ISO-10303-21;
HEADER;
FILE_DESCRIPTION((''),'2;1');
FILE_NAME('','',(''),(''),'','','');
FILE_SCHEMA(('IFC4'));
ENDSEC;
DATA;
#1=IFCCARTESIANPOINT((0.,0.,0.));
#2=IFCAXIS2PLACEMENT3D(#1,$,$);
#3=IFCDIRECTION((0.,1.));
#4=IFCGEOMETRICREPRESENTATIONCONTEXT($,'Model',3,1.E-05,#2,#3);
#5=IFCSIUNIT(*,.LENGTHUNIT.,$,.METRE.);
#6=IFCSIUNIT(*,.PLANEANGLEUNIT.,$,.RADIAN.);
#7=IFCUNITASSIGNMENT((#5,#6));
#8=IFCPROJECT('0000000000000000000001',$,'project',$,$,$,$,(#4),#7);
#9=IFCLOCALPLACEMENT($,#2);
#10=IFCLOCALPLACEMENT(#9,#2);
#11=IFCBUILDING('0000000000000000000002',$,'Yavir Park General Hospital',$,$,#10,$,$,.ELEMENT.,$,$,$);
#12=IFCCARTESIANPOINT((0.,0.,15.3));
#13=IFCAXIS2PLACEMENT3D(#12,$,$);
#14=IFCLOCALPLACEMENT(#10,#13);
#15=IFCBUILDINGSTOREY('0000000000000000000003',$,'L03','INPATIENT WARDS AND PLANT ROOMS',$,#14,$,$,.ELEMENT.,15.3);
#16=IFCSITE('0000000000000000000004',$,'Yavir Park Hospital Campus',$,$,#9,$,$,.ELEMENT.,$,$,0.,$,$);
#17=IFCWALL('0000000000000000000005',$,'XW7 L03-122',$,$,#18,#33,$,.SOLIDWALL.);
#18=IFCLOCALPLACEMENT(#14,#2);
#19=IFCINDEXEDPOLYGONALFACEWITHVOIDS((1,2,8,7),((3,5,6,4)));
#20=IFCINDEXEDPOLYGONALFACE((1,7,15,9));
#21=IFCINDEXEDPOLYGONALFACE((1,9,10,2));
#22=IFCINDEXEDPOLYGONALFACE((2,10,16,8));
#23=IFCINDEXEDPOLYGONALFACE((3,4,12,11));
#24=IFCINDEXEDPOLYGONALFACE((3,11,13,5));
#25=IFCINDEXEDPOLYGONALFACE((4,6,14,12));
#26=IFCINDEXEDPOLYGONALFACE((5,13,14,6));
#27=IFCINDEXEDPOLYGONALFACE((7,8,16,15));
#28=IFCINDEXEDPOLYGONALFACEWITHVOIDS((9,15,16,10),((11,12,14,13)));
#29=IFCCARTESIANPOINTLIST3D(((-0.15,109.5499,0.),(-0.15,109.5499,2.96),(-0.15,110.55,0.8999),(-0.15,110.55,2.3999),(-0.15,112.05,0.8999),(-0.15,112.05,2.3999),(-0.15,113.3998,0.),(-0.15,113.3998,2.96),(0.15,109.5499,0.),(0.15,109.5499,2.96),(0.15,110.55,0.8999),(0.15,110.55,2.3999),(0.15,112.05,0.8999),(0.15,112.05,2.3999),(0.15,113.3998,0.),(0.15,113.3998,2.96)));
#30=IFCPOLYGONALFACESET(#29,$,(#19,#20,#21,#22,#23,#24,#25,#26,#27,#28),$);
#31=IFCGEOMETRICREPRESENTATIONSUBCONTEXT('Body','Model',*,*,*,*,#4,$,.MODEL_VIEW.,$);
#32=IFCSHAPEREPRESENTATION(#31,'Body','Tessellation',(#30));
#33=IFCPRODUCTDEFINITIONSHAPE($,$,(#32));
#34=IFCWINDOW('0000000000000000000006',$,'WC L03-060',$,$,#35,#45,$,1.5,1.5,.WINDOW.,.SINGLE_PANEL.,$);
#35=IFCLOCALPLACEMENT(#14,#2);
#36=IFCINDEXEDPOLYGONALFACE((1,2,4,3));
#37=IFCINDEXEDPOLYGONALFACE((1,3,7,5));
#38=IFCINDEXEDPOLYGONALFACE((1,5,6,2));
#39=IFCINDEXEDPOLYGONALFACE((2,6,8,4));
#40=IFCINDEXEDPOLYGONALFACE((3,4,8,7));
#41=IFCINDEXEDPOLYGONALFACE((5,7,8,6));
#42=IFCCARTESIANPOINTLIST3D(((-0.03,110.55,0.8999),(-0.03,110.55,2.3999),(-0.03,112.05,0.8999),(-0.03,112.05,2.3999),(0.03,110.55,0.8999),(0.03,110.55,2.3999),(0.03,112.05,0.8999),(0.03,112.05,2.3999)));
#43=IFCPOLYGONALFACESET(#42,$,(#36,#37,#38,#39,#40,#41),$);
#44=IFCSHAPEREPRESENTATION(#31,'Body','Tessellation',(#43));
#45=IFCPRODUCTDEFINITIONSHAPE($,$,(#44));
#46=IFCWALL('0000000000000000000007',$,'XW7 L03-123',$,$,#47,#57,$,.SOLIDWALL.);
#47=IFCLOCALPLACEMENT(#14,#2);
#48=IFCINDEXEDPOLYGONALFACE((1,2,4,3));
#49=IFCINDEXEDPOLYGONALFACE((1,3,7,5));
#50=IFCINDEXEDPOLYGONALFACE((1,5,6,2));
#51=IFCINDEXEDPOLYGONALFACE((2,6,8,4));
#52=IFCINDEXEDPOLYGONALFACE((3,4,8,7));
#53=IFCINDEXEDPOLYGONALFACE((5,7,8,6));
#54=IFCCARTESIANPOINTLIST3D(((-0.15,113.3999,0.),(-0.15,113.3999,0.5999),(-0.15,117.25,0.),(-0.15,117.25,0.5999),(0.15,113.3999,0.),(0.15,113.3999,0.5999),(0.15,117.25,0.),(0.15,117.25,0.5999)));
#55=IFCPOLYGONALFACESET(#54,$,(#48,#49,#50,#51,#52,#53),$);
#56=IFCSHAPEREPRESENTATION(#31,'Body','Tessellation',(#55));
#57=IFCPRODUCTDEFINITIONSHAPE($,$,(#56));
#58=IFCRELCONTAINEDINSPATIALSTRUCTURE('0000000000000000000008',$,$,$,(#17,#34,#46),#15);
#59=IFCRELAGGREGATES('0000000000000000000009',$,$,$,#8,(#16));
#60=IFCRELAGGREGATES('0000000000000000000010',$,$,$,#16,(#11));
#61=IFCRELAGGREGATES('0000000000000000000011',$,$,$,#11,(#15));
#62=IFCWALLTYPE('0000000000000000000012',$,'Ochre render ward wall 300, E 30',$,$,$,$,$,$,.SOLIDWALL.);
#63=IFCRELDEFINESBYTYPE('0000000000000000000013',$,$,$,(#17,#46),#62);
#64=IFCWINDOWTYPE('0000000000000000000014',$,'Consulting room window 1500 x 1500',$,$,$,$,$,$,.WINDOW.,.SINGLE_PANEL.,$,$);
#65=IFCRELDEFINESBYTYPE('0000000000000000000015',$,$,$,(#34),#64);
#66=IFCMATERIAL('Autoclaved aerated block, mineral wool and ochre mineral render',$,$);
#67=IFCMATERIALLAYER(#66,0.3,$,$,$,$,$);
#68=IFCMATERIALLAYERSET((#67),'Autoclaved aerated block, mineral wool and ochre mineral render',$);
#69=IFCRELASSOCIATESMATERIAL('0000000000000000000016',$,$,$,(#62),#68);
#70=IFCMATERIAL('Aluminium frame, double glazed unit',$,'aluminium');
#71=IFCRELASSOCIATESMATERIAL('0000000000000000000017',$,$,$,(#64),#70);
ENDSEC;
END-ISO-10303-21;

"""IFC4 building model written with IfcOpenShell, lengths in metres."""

from ifc_helpers import new_model, si_unit, direction, frame, frame_2d, origin, place, context, subcontext, project, spatial, rectangle, extrude, material, layer, layer_set, type_object, element, fill, save


model = new_model("IFC4")

# Units and contexts
model_context = context("Model", 3, precision=1e-05, world=origin(), true_north=direction((0.0, 1.0)))
body_context = subcontext(model_context, "Body", "Model", "MODEL_VIEW")
ifc_project = project(units=[si_unit("LENGTHUNIT", "METRE"), si_unit("PLANEANGLEUNIT", "RADIAN")], contexts=[model_context])

# Site, building, storey
site_placement = place(None, origin())
site = spatial("IfcSite", under=ifc_project, at=site_placement, Name="Yavir Park Hospital Campus", CompositionType="ELEMENT", RefElevation=0.0)
building_placement = place(site_placement, origin())
building = spatial("IfcBuilding", under=site, at=building_placement, Name="Yavir Park General Hospital", CompositionType="ELEMENT")
storey_placement = place(building_placement, frame((0.0, 0.0, 15.3)))
storey = spatial("IfcBuildingStorey", under=building, at=storey_placement, Name="L03", Description="INPATIENT WARDS AND PLANT ROOMS", CompositionType="ELEMENT", Elevation=15.3)

# Wall, opening, window
ifc_material_1 = material(Name="Autoclaved aerated block, mineral wool and ochre mineral render")
ifc_layer_1 = layer(ifc_material_1, 0.3)
ifc_layer_set_1 = layer_set([ifc_layer_1], Name="Autoclaved aerated block, mineral wool and ochre mineral render")
wall_type_1 = type_object("IfcWallType", Name="Ochre render ward wall 300, E 30", PredefinedType="SOLIDWALL", material=ifc_layer_set_1)
wall_1_placement = place(storey_placement, frame((0.0, 109.55, 0.0), z_axis=(0.0, 0.0, 1.0), x_axis=(0.0, 1.0, 0.0)))
wall_1 = element("IfcWall", 1, at=wall_1_placement, inside=storey, type_object=wall_type_1, Name="XW7 L03-122", PredefinedType="SOLIDWALL", context=body_context, shape_type="SweptSolid", body=[
    extrude(rectangle(XDim=3.8499, YDim=0.3, at=frame_2d((1.9248, 0.0))), origin(), (0.0, 0.0, 1.0), 2.96),
])
opening_1_placement = place(wall_1_placement, frame((1.0, 0.0, 0.8999)))
opening_1 = element("IfcOpeningElement", 2, at=opening_1_placement, cuts=wall_1, PredefinedType="OPENING", context=body_context, shape_type="SweptSolid", body=[
    extrude(rectangle(XDim=1.5, YDim=1.5, at=frame_2d((0.75, 0.75))), frame((0.0, 0.1599, 0.0), z_axis=(0.0, -1.0, 0.0), x_axis=(1.0, 0.0, 0.0)), (0.0, 0.0, 1.0), 0.3201),
])
ifc_material_2 = material(Name="Aluminium frame, double glazed unit", Category="aluminium")
window_type_1 = type_object("IfcWindowType", Name="Consulting room window 1500 x 1500", PartitioningType="SINGLE_PANEL", PredefinedType="WINDOW", material=ifc_material_2)
window_1_placement = place(opening_1_placement, origin())
window_1 = element("IfcWindow", 3, at=window_1_placement, inside=storey, type_object=window_type_1, Name="WC L03-060", OverallHeight=1.5, OverallWidth=1.5, PartitioningType="SINGLE_PANEL", PredefinedType="WINDOW", context=body_context, shape_type="SweptSolid", body=[
    extrude(rectangle(XDim=1.5, YDim=1.5, at=frame_2d((0.75, 0.75))), frame((0.0, 0.03, 0.0), z_axis=(0.0, -1.0, 0.0), x_axis=(1.0, 0.0, 0.0)), (0.0, 0.0, 1.0), 0.0601),
])
fill(opening_1, window_1)

# Wall
wall_2_placement = place(storey_placement, frame((0.0, 113.3999, 0.0), z_axis=(0.0, 0.0, 1.0), x_axis=(0.0, 1.0, 0.0)))
element("IfcWall", 4, at=wall_2_placement, inside=storey, type_object=wall_type_1, Name="XW7 L03-123", PredefinedType="SOLIDWALL", context=body_context, shape_type="SweptSolid", body=[
    extrude(rectangle(XDim=3.8501, YDim=0.3, at=frame_2d((1.925, 0.0))), origin(), (0.0, 0.0, 1.0), 0.5999),
])

save(model, "model.ifc")
